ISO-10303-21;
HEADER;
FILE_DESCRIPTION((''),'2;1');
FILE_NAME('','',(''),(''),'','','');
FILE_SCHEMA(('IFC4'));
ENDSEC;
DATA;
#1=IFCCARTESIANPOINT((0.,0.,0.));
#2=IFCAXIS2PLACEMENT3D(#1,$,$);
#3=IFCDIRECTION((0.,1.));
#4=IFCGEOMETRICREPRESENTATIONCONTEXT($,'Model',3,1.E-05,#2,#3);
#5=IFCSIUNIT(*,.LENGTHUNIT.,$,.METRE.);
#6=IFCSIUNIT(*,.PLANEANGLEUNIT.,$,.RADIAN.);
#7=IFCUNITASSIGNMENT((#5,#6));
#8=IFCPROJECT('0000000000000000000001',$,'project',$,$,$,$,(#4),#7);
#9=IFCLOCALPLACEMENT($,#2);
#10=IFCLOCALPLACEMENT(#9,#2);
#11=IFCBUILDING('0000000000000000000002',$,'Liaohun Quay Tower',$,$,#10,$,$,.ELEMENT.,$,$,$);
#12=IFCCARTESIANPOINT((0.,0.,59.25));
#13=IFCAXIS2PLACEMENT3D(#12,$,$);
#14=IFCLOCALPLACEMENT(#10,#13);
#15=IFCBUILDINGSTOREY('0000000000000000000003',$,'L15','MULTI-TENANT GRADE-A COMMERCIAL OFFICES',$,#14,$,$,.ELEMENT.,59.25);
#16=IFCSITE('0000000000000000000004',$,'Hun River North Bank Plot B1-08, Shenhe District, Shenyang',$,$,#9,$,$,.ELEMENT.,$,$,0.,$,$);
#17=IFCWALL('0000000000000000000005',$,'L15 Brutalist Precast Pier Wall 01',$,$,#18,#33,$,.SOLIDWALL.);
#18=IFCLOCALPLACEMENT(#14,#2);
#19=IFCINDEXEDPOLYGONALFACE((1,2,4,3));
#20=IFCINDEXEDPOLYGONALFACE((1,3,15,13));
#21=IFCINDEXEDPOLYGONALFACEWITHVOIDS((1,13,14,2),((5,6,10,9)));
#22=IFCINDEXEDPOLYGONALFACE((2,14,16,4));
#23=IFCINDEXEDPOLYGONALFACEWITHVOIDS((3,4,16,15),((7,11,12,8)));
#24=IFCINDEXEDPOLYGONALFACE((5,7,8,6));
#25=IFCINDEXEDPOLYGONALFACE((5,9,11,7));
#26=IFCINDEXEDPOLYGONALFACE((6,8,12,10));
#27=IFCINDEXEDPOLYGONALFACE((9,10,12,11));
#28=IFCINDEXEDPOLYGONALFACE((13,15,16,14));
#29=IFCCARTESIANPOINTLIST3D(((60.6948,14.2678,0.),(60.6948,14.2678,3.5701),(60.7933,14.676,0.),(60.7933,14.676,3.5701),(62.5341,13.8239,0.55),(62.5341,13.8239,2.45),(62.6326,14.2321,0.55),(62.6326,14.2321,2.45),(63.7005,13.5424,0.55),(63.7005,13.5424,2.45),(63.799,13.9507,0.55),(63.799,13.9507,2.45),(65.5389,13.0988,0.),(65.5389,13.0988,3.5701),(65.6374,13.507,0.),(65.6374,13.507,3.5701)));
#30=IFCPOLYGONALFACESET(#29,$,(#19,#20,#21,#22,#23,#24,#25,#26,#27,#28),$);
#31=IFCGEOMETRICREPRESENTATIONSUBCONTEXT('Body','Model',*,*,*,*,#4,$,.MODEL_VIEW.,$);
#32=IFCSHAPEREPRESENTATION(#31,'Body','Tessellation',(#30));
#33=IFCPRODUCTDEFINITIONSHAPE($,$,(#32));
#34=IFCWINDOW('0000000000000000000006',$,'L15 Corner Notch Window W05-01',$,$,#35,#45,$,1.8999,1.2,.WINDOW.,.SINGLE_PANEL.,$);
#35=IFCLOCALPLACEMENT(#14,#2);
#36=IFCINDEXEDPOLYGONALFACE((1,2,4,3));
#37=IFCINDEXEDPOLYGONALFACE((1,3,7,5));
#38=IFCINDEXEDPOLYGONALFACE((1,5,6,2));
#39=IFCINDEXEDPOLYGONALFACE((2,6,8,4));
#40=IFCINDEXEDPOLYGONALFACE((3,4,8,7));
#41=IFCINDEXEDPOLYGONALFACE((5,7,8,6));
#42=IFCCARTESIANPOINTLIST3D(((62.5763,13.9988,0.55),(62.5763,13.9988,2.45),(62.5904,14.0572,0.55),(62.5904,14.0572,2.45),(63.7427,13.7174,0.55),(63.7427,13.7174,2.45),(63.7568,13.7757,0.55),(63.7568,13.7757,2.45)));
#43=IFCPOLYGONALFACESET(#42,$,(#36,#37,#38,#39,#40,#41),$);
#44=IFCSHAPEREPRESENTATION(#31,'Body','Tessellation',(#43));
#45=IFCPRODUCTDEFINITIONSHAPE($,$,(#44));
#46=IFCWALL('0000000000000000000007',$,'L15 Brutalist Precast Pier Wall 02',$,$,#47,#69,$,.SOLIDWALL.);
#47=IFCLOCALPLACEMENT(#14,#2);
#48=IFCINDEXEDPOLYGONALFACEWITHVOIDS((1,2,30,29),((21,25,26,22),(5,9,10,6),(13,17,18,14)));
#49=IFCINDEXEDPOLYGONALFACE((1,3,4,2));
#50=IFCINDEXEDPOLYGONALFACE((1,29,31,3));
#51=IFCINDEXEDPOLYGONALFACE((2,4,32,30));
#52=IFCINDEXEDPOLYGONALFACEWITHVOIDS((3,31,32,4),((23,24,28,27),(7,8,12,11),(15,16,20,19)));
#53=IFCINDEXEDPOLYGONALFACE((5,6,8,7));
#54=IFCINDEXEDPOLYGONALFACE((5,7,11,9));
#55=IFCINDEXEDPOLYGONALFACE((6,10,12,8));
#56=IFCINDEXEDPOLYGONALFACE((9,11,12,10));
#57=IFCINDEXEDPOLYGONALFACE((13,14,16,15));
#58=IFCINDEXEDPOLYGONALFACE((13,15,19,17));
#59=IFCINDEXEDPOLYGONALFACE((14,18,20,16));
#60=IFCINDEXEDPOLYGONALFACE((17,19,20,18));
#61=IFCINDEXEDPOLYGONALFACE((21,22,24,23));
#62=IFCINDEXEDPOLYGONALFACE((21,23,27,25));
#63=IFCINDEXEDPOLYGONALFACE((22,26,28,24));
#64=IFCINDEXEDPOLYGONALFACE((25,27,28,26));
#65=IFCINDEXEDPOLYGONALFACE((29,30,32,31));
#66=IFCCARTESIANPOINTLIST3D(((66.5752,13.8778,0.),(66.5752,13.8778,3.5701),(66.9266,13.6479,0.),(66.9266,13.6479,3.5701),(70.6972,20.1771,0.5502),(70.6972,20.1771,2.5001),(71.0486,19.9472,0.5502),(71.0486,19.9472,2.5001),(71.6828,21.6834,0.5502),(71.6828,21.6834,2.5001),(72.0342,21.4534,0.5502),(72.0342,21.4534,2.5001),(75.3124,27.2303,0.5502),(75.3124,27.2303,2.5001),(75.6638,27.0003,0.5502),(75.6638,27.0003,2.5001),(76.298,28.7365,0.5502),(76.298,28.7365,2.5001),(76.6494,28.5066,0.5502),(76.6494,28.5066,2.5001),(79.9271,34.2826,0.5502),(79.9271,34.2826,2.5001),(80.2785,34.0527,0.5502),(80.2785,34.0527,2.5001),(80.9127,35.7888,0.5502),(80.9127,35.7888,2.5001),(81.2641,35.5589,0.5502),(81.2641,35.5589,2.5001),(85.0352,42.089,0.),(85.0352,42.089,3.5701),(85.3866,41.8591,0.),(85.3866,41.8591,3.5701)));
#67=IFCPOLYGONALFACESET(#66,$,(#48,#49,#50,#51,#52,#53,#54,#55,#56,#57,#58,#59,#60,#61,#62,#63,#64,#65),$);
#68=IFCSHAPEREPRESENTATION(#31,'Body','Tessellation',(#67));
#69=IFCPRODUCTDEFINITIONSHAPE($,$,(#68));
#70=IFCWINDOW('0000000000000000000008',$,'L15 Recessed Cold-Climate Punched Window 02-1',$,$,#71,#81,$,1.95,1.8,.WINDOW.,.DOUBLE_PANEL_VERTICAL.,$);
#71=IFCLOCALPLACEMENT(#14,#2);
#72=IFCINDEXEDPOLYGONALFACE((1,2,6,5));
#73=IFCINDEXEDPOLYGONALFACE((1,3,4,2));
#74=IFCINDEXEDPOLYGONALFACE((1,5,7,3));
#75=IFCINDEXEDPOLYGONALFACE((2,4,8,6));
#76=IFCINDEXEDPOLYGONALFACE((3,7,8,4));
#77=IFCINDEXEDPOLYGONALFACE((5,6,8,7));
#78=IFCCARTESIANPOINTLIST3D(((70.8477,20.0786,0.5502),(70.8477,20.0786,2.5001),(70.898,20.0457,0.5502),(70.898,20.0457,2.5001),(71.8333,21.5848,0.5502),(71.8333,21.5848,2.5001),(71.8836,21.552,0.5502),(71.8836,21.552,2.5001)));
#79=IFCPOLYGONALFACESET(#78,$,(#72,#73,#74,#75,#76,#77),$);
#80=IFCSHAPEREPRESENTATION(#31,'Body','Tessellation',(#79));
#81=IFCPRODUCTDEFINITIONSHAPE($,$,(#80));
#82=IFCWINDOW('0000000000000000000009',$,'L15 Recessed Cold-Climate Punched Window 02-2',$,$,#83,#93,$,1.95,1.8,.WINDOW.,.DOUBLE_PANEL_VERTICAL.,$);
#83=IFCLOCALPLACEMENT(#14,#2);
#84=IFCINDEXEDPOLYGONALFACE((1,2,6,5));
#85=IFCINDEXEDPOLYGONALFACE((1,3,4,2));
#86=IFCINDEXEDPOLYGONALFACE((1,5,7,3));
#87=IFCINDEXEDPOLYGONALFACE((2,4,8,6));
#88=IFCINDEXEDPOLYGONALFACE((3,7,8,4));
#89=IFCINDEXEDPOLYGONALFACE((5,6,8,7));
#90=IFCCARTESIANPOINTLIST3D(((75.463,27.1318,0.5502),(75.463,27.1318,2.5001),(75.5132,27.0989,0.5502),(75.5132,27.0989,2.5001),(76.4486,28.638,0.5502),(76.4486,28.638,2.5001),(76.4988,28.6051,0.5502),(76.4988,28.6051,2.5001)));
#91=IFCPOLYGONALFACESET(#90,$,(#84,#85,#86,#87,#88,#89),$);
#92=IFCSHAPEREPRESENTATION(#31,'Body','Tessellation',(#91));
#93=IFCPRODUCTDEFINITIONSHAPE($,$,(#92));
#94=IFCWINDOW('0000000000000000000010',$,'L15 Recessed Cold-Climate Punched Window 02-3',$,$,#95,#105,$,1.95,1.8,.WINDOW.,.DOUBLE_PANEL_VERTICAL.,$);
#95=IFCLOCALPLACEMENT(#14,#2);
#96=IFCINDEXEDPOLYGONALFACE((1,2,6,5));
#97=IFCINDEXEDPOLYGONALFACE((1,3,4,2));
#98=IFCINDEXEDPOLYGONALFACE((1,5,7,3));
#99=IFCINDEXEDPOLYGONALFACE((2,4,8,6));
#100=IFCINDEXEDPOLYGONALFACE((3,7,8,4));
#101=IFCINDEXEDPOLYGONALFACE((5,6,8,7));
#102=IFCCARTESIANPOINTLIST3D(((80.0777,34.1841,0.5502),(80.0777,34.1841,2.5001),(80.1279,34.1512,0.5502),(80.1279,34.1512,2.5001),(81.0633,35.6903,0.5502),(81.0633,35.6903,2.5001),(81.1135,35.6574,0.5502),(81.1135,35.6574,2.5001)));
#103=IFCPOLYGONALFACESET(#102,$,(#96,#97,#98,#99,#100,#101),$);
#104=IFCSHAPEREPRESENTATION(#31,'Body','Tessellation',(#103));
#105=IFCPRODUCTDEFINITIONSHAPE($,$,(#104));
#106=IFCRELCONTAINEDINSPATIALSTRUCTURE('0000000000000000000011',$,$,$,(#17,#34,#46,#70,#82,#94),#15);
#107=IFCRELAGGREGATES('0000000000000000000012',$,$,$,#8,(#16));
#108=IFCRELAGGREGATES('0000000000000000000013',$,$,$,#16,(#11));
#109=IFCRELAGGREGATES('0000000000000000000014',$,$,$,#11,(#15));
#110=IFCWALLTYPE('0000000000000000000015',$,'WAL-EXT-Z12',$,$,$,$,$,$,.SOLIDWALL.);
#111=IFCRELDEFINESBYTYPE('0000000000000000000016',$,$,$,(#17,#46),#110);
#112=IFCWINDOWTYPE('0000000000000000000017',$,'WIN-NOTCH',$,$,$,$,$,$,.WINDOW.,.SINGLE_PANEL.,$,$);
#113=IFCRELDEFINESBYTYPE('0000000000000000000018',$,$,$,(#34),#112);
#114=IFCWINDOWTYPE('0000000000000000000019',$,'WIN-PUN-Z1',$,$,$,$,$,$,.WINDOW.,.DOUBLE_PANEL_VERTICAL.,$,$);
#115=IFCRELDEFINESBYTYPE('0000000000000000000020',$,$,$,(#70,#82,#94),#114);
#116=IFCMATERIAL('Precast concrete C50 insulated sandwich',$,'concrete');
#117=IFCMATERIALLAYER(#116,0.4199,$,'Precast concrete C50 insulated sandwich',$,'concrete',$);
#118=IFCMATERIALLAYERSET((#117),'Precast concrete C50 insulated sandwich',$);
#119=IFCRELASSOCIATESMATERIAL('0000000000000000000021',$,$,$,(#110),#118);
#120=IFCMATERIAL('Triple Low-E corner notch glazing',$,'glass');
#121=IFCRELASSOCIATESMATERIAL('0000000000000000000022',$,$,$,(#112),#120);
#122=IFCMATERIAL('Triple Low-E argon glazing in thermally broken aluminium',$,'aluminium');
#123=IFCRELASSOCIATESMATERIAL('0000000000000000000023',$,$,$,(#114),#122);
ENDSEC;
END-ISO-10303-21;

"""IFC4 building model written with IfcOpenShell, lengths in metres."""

from ifc_helpers import new_model, si_unit, direction, frame, frame_2d, origin, place, context, subcontext, project, spatial, rectangle, extrude, source, transform, mapped, material, layer, layer_set, type_object, element, fill, save


model = new_model("IFC4")

# Units and contexts
model_context = context("Model", 3, precision=1e-05, world=origin(), true_north=direction((0.0, 1.0)))
body_context = subcontext(model_context, "Body", "Model", "MODEL_VIEW")
ifc_project = project(units=[si_unit("LENGTHUNIT", "METRE"), si_unit("PLANEANGLEUNIT", "RADIAN")], contexts=[model_context])

# Site, building, storey
site_placement = place(None, origin())
site = spatial("IfcSite", under=ifc_project, at=site_placement, Name="Hun River North Bank Plot B1-08, Shenhe District, Shenyang", CompositionType="ELEMENT", RefElevation=0.0)
building_placement = place(site_placement, origin())
building = spatial("IfcBuilding", under=site, at=building_placement, Name="Liaohun Quay Tower", CompositionType="ELEMENT")
storey_placement = place(building_placement, frame((0.0, 0.0, 59.25)))
storey = spatial("IfcBuildingStorey", under=building, at=storey_placement, Name="L15", Description="MULTI-TENANT GRADE-A COMMERCIAL OFFICES", CompositionType="ELEMENT", Elevation=59.25)

# Wall, opening, window
ifc_material_1 = material(Name="Precast concrete C50 insulated sandwich", Category="concrete")
ifc_layer_1 = layer(ifc_material_1, 0.4199, Name="Precast concrete C50 insulated sandwich", Category="concrete")
ifc_layer_set_1 = layer_set([ifc_layer_1], Name="Precast concrete C50 insulated sandwich")
wall_type_1 = type_object("IfcWallType", Name="WAL-EXT-Z12", PredefinedType="SOLIDWALL", material=ifc_layer_set_1)
wall_1_placement = place(storey_placement, frame((60.7439, 14.4719, 0.0), z_axis=(0.0, 0.0, 1.0), x_axis=(0.972096, -0.234585, 0.0)))
wall_1 = element("IfcWall", 1, at=wall_1_placement, inside=storey, type_object=wall_type_1, Name="L15 Brutalist Precast Pier Wall 01", PredefinedType="SOLIDWALL", context=body_context, shape_type="SweptSolid", body=[
    extrude(rectangle(XDim=4.9832, YDim=0.4199, at=frame_2d((2.4917, 0.0))), origin(), (0.0, 0.0, 1.0), 3.5701),
])
shared_shape_1 = source(origin(), body_context, "Body", "SweptSolid", [
    extrude(rectangle(XDim=1.2, YDim=1.8999, at=frame_2d((0.6001, 0.95))), frame((0.0, 0.22, 0.0), z_axis=(0.0, -1.0, 0.0), x_axis=(1.0, 0.0, 0.0)), (0.0, 0.0, 1.0), 0.4399),
])
opening_1_placement = place(wall_1_placement, frame((1.8921, 0.0, 0.55)))
opening_1 = element("IfcOpeningElement", 2, at=opening_1_placement, cuts=wall_1, PredefinedType="OPENING", context=body_context, shape_type="MappedRepresentation", body=[
    mapped(shared_shape_1, transform((0.0, 0.0, 0.0), x_axis=(1.0, 0.0, 0.0), y_axis=(0.0, 1.0, 0.0), z_axis=(0.0, 0.0, 1.0), scale=1.0)),
])
ifc_material_2 = material(Name="Triple Low-E corner notch glazing", Category="glass")
window_type_1 = type_object("IfcWindowType", Name="WIN-NOTCH", PartitioningType="SINGLE_PANEL", PredefinedType="WINDOW", material=ifc_material_2)
shared_shape_2 = source(origin(), body_context, "Body", "SweptSolid", [
    extrude(rectangle(XDim=1.2, YDim=1.8999, at=frame_2d((0.6001, 0.95))), frame((0.0, 0.03, 0.0), z_axis=(0.0, -1.0, 0.0), x_axis=(1.0, 0.0, 0.0)), (0.0, 0.0, 1.0), 0.0601),
])
window_1_placement = place(opening_1_placement, origin())
window_1 = element("IfcWindow", 3, at=window_1_placement, inside=storey, type_object=window_type_1, Name="L15 Corner Notch Window W05-01", OverallHeight=1.8999, OverallWidth=1.2, PartitioningType="SINGLE_PANEL", PredefinedType="WINDOW", context=body_context, shape_type="MappedRepresentation", body=[
    mapped(shared_shape_2, transform((0.0, 0.0, 0.0), x_axis=(1.0, 0.0, 0.0), y_axis=(0.0, 1.0, 0.0), z_axis=(0.0, 0.0, 1.0), scale=1.0)),
])
fill(opening_1, window_1)

# Wall, openings, windows
wall_2_placement = place(storey_placement, frame((66.751, 13.7629, 0.0), z_axis=(0.0, 0.0, 1.0), x_axis=(0.547544, 0.836777, 0.0)))
wall_2 = element("IfcWall", 4, at=wall_2_placement, inside=storey, type_object=wall_type_1, Name="L15 Brutalist Precast Pier Wall 02", PredefinedType="SOLIDWALL", context=body_context, shape_type="SweptSolid", body=[
    extrude(rectangle(XDim=33.7141, YDim=0.4199, at=frame_2d((16.8569, 0.0))), origin(), (0.0, 0.0, 1.0), 3.5701),
])
shared_shape_3 = source(origin(), body_context, "Body", "SweptSolid", [
    extrude(rectangle(XDim=1.8, YDim=1.95, at=frame_2d((0.8999, 0.9751))), frame((0.0, 0.22, 0.0), z_axis=(0.0, -1.0, 0.0), x_axis=(1.0, 0.0, 0.0)), (0.0, 0.0, 1.0), 0.4399),
])
opening_2_placement = place(wall_2_placement, frame((7.5281, 0.0, 0.55)))
opening_2 = element("IfcOpeningElement", 5, at=opening_2_placement, cuts=wall_2, PredefinedType="OPENING", context=body_context, shape_type="MappedRepresentation", body=[
    mapped(shared_shape_3, transform((0.0, 0.0, 0.0), x_axis=(1.0, 0.0, 0.0), y_axis=(0.0, 1.0, 0.0), z_axis=(0.0, 0.0, 1.0), scale=1.0)),
])
opening_3_placement = place(wall_2_placement, frame((15.957, 0.0, 0.55)))
opening_3 = element("IfcOpeningElement", 6, at=opening_3_placement, cuts=wall_2, PredefinedType="OPENING", context=body_context, shape_type="MappedRepresentation", body=[
    mapped(shared_shape_3, transform((0.0, 0.0, 0.0), x_axis=(1.0, 0.0, 0.0), y_axis=(0.0, 1.0, 0.0), z_axis=(0.0, 0.0, 1.0), scale=1.0)),
])
opening_4_placement = place(wall_2_placement, frame((24.385, 0.0, 0.55)))
opening_4 = element("IfcOpeningElement", 7, at=opening_4_placement, cuts=wall_2, PredefinedType="OPENING", context=body_context, shape_type="MappedRepresentation", body=[
    mapped(shared_shape_3, transform((0.0, 0.0, 0.0), x_axis=(1.0, 0.0, 0.0), y_axis=(0.0, 1.0, 0.0), z_axis=(0.0, 0.0, 1.0), scale=1.0)),
])
ifc_material_3 = material(Name="Triple Low-E argon glazing in thermally broken aluminium", Category="aluminium")
window_type_2 = type_object("IfcWindowType", Name="WIN-PUN-Z1", PartitioningType="DOUBLE_PANEL_VERTICAL", PredefinedType="WINDOW", material=ifc_material_3)
shared_shape_4 = source(origin(), body_context, "Body", "SweptSolid", [
    extrude(rectangle(XDim=1.8, YDim=1.95, at=frame_2d((0.8999, 0.9751))), frame((0.0, 0.03, 0.0), z_axis=(0.0, -1.0, 0.0), x_axis=(1.0, 0.0, 0.0)), (0.0, 0.0, 1.0), 0.0601),
])
window_2_placement = place(opening_2_placement, origin())
window_2 = element("IfcWindow", 8, at=window_2_placement, inside=storey, type_object=window_type_2, Name="L15 Recessed Cold-Climate Punched Window 02-1", OverallHeight=1.95, OverallWidth=1.8, PartitioningType="DOUBLE_PANEL_VERTICAL", PredefinedType="WINDOW", context=body_context, shape_type="MappedRepresentation", body=[
    mapped(shared_shape_4, transform((0.0, 0.0, 0.0), x_axis=(1.0, 0.0, 0.0), y_axis=(0.0, 1.0, 0.0), z_axis=(0.0, 0.0, 1.0), scale=1.0)),
])
fill(opening_2, window_2)
window_3_placement = place(opening_3_placement, origin())
window_3 = element("IfcWindow", 9, at=window_3_placement, inside=storey, type_object=window_type_2, Name="L15 Recessed Cold-Climate Punched Window 02-2", OverallHeight=1.95, OverallWidth=1.8, PartitioningType="DOUBLE_PANEL_VERTICAL", PredefinedType="WINDOW", context=body_context, shape_type="MappedRepresentation", body=[
    mapped(shared_shape_4, transform((0.0, 0.0, 0.0), x_axis=(1.0, 0.0, 0.0), y_axis=(0.0, 1.0, 0.0), z_axis=(0.0, 0.0, 1.0), scale=1.0)),
])
fill(opening_3, window_3)
window_4_placement = place(opening_4_placement, origin())
window_4 = element("IfcWindow", 10, at=window_4_placement, inside=storey, type_object=window_type_2, Name="L15 Recessed Cold-Climate Punched Window 02-3", OverallHeight=1.95, OverallWidth=1.8, PartitioningType="DOUBLE_PANEL_VERTICAL", PredefinedType="WINDOW", context=body_context, shape_type="MappedRepresentation", body=[
    mapped(shared_shape_4, transform((0.0, 0.0, 0.0), x_axis=(1.0, 0.0, 0.0), y_axis=(0.0, 1.0, 0.0), z_axis=(0.0, 0.0, 1.0), scale=1.0)),
])
fill(opening_4, window_4)

save(model, "model.ifc")
